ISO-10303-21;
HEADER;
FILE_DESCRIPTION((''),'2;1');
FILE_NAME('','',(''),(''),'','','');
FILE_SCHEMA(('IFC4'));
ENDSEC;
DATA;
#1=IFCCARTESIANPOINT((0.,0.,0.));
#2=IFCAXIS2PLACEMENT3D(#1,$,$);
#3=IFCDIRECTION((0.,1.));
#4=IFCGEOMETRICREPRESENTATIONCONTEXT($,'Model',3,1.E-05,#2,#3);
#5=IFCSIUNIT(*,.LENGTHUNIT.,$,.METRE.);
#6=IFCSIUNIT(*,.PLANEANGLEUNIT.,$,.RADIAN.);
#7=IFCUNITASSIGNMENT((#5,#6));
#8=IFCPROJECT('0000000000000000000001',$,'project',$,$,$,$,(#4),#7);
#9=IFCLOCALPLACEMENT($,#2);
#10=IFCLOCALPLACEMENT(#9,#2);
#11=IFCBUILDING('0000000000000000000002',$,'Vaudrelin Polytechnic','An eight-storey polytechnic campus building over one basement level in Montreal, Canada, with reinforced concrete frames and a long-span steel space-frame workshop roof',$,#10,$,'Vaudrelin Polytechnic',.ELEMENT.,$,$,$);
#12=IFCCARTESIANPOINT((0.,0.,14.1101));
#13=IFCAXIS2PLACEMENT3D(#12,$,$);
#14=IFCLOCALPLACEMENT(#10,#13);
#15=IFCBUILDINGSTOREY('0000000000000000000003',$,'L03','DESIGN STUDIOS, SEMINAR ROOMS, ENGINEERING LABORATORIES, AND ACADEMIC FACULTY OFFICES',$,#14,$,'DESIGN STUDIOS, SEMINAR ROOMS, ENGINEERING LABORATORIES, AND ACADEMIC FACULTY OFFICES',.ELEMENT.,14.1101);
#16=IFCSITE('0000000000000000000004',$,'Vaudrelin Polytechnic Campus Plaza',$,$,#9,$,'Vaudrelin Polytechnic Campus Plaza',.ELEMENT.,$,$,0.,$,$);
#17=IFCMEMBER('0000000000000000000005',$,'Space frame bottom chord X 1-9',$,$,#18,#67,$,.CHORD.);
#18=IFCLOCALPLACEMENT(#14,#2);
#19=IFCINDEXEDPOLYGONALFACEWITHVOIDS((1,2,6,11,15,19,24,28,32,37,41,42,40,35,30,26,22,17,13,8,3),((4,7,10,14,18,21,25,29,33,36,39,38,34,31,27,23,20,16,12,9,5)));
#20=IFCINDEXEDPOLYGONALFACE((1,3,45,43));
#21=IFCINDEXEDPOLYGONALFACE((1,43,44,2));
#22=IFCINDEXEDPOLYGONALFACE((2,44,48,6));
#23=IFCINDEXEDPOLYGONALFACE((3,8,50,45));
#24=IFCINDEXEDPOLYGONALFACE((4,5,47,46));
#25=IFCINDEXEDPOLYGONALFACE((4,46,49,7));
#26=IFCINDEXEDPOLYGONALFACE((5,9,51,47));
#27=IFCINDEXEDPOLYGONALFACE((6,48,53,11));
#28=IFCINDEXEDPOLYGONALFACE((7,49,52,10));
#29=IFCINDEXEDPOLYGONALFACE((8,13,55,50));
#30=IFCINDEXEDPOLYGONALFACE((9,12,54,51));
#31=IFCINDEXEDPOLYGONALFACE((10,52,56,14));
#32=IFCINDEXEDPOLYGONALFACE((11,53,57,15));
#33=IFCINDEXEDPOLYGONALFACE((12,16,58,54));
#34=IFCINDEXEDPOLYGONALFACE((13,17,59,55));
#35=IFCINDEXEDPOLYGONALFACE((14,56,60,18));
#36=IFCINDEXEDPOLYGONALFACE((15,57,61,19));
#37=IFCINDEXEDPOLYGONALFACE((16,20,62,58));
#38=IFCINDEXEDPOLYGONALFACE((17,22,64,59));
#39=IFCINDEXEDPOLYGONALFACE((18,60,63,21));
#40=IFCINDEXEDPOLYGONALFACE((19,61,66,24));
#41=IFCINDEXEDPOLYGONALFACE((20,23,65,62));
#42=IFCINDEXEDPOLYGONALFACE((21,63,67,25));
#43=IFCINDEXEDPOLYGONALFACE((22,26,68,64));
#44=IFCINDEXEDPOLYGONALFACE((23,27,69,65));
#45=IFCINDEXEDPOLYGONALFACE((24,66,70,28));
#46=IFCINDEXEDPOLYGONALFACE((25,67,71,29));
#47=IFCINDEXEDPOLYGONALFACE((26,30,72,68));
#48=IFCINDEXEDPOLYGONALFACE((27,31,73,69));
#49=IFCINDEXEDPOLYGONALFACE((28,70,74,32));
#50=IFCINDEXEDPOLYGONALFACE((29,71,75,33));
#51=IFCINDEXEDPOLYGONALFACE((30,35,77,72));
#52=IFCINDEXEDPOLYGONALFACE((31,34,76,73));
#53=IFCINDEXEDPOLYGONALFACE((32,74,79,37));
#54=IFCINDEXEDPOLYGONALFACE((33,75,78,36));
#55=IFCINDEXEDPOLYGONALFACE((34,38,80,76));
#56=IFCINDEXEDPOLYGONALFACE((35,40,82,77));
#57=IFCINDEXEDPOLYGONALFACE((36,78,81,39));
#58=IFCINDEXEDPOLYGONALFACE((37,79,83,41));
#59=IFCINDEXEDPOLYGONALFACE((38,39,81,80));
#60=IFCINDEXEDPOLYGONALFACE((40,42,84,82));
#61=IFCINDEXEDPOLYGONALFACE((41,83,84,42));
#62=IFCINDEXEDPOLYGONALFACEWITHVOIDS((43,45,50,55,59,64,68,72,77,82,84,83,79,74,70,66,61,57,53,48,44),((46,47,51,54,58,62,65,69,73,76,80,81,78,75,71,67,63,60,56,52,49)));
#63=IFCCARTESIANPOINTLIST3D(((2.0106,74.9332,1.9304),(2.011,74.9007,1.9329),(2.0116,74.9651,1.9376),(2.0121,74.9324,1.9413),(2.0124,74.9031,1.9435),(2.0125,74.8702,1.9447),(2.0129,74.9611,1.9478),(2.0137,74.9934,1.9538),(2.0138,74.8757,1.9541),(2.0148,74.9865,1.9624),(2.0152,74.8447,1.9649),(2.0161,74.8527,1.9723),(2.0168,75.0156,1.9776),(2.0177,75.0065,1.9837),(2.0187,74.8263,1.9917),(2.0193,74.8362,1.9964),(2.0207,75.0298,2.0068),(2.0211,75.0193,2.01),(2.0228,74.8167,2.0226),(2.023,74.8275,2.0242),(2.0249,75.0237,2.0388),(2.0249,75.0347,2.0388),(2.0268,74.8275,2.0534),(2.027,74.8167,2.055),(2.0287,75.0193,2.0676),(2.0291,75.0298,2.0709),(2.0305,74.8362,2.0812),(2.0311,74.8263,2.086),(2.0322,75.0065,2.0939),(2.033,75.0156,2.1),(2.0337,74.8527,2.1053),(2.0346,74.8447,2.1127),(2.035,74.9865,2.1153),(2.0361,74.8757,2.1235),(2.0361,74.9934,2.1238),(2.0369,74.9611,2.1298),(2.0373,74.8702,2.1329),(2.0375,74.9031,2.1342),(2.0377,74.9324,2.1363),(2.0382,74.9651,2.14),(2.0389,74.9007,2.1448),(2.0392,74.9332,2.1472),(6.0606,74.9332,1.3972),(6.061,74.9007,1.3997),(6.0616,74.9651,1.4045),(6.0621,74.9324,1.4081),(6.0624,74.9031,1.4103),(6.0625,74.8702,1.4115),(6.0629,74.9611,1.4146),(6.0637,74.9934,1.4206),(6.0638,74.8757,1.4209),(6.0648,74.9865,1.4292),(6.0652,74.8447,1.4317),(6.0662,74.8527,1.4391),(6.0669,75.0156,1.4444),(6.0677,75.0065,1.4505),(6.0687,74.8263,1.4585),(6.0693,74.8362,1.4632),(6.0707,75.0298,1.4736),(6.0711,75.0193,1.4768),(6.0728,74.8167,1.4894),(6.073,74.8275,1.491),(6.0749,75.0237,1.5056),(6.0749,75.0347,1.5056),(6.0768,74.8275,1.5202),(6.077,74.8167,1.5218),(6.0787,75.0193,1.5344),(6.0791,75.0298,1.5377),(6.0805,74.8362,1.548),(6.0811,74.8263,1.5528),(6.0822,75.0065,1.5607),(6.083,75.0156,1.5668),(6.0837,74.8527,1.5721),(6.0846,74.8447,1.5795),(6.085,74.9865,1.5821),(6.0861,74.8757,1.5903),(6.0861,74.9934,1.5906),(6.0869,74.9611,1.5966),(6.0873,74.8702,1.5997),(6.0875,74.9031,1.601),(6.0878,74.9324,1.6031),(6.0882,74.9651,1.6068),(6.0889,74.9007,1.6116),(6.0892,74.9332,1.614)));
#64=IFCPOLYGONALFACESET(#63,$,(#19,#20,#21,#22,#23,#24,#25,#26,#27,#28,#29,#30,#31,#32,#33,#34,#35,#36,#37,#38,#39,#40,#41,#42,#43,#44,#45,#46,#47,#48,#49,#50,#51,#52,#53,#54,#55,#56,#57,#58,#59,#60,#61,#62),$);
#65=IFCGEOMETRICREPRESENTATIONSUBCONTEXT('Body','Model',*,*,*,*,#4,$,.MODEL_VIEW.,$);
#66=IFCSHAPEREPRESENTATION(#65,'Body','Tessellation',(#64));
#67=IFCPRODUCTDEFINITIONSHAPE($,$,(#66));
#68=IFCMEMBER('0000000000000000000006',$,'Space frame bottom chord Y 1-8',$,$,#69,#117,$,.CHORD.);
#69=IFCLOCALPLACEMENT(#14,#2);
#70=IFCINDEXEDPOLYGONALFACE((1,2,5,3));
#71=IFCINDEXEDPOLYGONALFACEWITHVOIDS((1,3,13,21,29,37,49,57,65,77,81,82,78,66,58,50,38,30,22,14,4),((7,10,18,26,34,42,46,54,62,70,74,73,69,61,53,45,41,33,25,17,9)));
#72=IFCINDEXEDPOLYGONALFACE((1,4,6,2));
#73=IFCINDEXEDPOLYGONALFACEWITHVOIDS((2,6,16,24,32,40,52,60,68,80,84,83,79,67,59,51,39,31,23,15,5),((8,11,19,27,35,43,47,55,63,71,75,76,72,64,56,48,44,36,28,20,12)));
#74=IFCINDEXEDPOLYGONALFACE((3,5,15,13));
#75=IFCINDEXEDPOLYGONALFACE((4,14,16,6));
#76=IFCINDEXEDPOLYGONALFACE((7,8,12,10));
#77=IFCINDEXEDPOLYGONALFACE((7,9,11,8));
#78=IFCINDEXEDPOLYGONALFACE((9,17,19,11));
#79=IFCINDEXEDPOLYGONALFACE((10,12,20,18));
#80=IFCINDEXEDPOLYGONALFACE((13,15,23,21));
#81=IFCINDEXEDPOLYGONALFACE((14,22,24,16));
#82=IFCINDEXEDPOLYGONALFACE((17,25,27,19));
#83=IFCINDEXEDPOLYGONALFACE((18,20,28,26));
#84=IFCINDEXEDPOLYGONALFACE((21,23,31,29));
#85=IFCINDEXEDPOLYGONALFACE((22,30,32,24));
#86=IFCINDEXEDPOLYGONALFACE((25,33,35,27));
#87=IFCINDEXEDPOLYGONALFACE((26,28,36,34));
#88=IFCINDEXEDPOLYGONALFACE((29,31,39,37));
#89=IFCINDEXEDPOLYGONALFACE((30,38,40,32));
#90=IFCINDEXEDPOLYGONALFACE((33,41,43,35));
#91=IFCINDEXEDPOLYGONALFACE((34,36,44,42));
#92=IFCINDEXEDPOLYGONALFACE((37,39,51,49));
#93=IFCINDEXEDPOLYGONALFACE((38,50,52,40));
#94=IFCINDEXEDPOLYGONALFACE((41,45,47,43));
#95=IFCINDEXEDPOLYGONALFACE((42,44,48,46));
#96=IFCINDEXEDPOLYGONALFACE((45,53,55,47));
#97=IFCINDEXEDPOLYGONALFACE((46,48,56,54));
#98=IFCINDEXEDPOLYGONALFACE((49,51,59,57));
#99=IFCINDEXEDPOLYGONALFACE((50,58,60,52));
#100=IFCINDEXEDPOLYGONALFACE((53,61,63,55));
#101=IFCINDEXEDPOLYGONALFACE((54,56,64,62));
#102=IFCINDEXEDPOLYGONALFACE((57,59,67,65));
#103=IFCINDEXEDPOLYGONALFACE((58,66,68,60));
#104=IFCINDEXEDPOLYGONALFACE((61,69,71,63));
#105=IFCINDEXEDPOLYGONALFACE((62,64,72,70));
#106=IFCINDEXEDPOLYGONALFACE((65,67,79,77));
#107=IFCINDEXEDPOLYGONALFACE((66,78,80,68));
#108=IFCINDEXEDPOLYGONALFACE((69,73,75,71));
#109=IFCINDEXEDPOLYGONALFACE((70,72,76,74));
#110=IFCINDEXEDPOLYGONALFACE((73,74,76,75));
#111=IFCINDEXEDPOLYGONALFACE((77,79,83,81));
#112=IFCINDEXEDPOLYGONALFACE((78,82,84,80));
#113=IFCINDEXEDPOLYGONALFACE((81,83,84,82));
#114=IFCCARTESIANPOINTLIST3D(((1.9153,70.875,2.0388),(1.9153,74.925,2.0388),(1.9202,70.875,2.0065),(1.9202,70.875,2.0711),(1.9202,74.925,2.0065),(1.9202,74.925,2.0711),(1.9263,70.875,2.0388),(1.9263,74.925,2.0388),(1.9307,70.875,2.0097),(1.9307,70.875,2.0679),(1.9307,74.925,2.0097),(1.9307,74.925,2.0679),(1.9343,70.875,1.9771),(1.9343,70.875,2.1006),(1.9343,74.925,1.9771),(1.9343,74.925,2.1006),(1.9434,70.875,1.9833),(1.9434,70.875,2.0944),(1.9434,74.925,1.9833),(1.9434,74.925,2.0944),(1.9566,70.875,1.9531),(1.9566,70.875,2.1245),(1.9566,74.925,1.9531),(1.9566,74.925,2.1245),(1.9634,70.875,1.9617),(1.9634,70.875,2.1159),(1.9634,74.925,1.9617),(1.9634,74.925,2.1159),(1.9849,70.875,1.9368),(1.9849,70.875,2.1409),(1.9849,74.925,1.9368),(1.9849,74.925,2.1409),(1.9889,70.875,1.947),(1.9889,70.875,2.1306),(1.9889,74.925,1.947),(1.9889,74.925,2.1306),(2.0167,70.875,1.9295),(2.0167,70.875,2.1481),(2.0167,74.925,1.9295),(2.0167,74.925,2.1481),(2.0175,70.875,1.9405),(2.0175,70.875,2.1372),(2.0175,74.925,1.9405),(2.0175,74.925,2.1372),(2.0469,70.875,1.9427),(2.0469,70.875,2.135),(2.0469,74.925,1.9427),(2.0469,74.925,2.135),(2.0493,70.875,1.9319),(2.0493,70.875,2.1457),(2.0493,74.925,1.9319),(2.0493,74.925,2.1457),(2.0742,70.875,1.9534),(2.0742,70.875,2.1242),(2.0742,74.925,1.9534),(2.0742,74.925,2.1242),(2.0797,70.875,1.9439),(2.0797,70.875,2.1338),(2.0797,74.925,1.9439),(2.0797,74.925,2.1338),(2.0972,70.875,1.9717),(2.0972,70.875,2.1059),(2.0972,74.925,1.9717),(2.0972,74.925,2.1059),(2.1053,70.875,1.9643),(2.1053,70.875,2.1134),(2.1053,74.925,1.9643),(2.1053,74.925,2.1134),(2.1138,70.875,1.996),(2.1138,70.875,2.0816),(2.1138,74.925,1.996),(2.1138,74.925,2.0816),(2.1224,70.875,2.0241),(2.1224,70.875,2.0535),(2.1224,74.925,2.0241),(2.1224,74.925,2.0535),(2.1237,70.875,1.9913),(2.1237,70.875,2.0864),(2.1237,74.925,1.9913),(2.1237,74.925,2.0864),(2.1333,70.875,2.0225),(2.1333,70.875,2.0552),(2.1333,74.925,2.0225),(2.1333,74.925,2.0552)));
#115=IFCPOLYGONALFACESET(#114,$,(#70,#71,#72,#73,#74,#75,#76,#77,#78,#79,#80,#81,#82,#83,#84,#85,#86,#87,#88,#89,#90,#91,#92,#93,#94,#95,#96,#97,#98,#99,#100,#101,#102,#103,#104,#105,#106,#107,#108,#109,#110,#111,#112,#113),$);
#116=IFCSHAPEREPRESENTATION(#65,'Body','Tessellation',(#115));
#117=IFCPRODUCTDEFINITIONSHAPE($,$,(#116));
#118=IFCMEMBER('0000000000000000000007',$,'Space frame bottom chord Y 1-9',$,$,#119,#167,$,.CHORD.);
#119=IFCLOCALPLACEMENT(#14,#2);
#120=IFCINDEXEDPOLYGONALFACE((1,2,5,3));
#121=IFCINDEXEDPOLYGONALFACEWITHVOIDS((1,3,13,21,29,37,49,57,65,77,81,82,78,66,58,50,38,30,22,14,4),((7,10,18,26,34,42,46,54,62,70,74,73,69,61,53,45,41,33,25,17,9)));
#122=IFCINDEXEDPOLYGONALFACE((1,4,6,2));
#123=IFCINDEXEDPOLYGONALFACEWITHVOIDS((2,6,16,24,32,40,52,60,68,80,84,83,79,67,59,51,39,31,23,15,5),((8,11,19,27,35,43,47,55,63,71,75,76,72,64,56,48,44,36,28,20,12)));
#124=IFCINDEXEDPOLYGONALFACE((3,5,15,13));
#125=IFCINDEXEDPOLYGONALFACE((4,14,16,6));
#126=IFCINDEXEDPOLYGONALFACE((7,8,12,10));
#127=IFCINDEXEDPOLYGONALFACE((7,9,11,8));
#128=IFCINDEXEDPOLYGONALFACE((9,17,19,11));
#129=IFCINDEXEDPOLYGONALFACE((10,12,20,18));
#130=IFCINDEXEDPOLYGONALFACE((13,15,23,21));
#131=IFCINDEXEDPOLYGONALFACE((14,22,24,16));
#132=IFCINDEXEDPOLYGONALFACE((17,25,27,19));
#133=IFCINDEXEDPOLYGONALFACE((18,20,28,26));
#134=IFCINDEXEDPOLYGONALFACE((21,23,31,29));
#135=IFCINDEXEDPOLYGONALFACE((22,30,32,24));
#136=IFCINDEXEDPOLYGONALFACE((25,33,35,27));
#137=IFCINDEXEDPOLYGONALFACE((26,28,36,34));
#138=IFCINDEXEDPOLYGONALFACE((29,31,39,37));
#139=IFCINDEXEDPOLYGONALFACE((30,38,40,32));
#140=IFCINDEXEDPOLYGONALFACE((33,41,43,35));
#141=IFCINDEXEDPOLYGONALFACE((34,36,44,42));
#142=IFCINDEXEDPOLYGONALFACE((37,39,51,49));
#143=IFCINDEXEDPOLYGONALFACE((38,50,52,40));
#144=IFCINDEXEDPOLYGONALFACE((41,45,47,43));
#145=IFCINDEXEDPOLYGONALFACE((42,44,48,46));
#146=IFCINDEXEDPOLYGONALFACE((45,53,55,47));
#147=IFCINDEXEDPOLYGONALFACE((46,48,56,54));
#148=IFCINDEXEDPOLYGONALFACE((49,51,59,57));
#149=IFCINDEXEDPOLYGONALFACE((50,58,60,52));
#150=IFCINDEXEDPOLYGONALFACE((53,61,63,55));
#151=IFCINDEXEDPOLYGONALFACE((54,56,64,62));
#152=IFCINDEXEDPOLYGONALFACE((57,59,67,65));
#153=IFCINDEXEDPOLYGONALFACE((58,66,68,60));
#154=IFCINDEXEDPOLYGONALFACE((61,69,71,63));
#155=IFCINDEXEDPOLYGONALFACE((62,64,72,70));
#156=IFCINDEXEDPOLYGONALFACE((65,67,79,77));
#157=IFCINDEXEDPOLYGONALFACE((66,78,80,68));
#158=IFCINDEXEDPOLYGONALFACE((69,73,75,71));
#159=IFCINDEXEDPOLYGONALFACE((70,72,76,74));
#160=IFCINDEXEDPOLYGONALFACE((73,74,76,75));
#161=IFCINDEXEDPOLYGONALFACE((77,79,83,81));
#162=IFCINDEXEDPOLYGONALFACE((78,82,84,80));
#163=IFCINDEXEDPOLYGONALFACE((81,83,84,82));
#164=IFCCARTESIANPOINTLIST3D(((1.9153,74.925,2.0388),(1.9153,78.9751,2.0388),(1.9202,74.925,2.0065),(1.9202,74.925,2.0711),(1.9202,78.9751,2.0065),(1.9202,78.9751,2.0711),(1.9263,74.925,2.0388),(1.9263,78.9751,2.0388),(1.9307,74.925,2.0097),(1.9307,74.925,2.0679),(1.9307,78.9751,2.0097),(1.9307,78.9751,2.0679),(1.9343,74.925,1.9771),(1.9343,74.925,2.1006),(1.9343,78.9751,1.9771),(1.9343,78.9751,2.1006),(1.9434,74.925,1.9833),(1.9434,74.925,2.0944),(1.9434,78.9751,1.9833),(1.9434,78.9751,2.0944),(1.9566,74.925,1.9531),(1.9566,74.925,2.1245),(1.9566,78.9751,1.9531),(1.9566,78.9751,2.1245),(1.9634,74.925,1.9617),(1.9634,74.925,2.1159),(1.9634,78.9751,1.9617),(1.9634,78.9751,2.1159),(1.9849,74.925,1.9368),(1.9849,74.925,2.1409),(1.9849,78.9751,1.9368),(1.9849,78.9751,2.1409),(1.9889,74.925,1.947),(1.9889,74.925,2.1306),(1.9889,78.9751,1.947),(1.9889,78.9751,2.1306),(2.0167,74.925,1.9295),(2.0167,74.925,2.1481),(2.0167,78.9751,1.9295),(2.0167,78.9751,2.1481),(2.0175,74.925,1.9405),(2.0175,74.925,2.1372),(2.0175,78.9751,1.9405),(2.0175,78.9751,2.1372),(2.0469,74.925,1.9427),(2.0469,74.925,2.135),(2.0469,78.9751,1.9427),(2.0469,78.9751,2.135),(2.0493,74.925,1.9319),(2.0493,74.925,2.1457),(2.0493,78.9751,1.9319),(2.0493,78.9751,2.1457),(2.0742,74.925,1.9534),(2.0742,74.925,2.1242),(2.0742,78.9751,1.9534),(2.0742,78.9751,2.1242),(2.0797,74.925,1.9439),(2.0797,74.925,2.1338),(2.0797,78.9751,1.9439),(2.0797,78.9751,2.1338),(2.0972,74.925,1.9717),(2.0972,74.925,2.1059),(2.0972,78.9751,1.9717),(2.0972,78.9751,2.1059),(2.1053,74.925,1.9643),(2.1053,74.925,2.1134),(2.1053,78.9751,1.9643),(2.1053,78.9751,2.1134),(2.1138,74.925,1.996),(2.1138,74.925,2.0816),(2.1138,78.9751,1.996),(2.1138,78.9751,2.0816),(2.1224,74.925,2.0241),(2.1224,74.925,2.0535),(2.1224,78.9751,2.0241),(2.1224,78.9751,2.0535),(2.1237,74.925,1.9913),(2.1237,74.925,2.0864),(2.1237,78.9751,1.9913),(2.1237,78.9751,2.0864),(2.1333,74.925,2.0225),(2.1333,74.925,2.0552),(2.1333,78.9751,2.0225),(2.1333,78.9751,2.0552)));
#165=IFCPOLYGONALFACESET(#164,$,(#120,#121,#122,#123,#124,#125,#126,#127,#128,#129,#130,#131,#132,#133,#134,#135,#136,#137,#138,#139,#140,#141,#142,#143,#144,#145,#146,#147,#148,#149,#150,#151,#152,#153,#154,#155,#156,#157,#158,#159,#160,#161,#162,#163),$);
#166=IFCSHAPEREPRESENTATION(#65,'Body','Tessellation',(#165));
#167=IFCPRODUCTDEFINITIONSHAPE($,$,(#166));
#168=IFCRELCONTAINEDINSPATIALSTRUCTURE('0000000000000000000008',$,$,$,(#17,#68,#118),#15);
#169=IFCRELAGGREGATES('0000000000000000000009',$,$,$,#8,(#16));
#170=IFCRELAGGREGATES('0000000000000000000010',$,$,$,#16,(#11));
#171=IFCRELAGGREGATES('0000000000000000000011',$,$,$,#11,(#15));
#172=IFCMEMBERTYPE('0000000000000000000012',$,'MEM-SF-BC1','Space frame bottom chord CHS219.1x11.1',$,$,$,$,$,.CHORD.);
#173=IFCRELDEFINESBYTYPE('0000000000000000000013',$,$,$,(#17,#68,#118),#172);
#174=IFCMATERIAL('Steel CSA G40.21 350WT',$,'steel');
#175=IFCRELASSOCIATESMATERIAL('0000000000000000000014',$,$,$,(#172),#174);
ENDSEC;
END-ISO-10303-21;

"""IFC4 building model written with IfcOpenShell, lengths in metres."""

from ifc_helpers import new_model, si_unit, direction, frame, origin, origin_2d, place, context, subcontext, project, spatial, hollow_circle, extrude, material, material_profile, profile_set, type_object, element, save


model = new_model("IFC4")

# Units and contexts
model_context = context("Model", 3, precision=1e-05, world=origin(), true_north=direction((0.0, 1.0)))
body_context = subcontext(model_context, "Body", "Model", "MODEL_VIEW")
ifc_project = project(units=[si_unit("LENGTHUNIT", "METRE"), si_unit("PLANEANGLEUNIT", "RADIAN")], contexts=[model_context])

# Site, building, storey
site_placement = place(None, origin())
site = spatial("IfcSite", under=ifc_project, at=site_placement, Name="Vaudrelin Polytechnic Campus Plaza", LongName="Vaudrelin Polytechnic Campus Plaza", CompositionType="ELEMENT", RefElevation=0.0)
building_placement = place(site_placement, origin())
building = spatial("IfcBuilding", under=site, at=building_placement, Name="Vaudrelin Polytechnic", Description="An eight-storey polytechnic campus building over one basement level in Montreal, Canada, with reinforced concrete frames and a long-span steel space-frame workshop roof", LongName="Vaudrelin Polytechnic", CompositionType="ELEMENT")
storey_placement = place(building_placement, frame((0.0, 0.0, 14.1101)))
storey = spatial("IfcBuildingStorey", under=building, at=storey_placement, Name="L03", Description="DESIGN STUDIOS, SEMINAR ROOMS, ENGINEERING LABORATORIES, AND ACADEMIC FACULTY OFFICES", LongName="DESIGN STUDIOS, SEMINAR ROOMS, ENGINEERING LABORATORIES, AND ACADEMIC FACULTY OFFICES", CompositionType="ELEMENT", Elevation=14.1101)

# Members
ifc_material_1 = material(Name="Steel CSA G40.21 350WT", Category="steel")
ifc_material_profile_1 = material_profile(ifc_material_1, hollow_circle(Radius=0.1096, WallThickness=0.011, at=origin_2d()), Name="CHS219.1x11.1")
ifc_profile_set_1 = profile_set([ifc_material_profile_1], Name="Steel CSA G40.21 350WT")
member_type_1 = type_object("IfcMemberType", Name="MEM-SF-BC1", Description="Space frame bottom chord CHS219.1x11.1", PredefinedType="CHORD", material=ifc_profile_set_1)
for number, where, z_axis, x_axis, name in (
    (1, (2.0249, 74.925, 2.0388), (0.991445, 0.0, -0.130527), (0.0, 1.0, 0.0), "Space frame bottom chord X 1-9"),
):
    element("IfcMember", number, at=place(storey_placement, frame(where, z_axis=z_axis, x_axis=x_axis)), inside=storey, type_object=member_type_1, Name=name, PredefinedType="CHORD", context=body_context, shape_type="SweptSolid", body=[
        extrude(hollow_circle(Radius=0.1096, WallThickness=0.011, at=origin_2d()), origin(), (0.0, 0.0, 1.0), 4.085),
    ])
for number, where, z_axis, x_axis, name in (
    (2, (2.0249, 70.875, 2.0388), (0.0, 1.0, 0.0), (-1.0, 0.0, 0.0), "Space frame bottom chord Y 1-8"),
    (3, (2.0249, 74.925, 2.0388), (0.0, 1.0, 0.0), (-1.0, 0.0, 0.0), "Space frame bottom chord Y 1-9"),
):
    element("IfcMember", number, at=place(storey_placement, frame(where, z_axis=z_axis, x_axis=x_axis)), inside=storey, type_object=member_type_1, Name=name, PredefinedType="CHORD", context=body_context, shape_type="SweptSolid", body=[
        extrude(hollow_circle(Radius=0.1096, WallThickness=0.011, at=origin_2d()), origin(), (0.0, 0.0, 1.0), 4.05),
    ])

save(model, "model.ifc")
